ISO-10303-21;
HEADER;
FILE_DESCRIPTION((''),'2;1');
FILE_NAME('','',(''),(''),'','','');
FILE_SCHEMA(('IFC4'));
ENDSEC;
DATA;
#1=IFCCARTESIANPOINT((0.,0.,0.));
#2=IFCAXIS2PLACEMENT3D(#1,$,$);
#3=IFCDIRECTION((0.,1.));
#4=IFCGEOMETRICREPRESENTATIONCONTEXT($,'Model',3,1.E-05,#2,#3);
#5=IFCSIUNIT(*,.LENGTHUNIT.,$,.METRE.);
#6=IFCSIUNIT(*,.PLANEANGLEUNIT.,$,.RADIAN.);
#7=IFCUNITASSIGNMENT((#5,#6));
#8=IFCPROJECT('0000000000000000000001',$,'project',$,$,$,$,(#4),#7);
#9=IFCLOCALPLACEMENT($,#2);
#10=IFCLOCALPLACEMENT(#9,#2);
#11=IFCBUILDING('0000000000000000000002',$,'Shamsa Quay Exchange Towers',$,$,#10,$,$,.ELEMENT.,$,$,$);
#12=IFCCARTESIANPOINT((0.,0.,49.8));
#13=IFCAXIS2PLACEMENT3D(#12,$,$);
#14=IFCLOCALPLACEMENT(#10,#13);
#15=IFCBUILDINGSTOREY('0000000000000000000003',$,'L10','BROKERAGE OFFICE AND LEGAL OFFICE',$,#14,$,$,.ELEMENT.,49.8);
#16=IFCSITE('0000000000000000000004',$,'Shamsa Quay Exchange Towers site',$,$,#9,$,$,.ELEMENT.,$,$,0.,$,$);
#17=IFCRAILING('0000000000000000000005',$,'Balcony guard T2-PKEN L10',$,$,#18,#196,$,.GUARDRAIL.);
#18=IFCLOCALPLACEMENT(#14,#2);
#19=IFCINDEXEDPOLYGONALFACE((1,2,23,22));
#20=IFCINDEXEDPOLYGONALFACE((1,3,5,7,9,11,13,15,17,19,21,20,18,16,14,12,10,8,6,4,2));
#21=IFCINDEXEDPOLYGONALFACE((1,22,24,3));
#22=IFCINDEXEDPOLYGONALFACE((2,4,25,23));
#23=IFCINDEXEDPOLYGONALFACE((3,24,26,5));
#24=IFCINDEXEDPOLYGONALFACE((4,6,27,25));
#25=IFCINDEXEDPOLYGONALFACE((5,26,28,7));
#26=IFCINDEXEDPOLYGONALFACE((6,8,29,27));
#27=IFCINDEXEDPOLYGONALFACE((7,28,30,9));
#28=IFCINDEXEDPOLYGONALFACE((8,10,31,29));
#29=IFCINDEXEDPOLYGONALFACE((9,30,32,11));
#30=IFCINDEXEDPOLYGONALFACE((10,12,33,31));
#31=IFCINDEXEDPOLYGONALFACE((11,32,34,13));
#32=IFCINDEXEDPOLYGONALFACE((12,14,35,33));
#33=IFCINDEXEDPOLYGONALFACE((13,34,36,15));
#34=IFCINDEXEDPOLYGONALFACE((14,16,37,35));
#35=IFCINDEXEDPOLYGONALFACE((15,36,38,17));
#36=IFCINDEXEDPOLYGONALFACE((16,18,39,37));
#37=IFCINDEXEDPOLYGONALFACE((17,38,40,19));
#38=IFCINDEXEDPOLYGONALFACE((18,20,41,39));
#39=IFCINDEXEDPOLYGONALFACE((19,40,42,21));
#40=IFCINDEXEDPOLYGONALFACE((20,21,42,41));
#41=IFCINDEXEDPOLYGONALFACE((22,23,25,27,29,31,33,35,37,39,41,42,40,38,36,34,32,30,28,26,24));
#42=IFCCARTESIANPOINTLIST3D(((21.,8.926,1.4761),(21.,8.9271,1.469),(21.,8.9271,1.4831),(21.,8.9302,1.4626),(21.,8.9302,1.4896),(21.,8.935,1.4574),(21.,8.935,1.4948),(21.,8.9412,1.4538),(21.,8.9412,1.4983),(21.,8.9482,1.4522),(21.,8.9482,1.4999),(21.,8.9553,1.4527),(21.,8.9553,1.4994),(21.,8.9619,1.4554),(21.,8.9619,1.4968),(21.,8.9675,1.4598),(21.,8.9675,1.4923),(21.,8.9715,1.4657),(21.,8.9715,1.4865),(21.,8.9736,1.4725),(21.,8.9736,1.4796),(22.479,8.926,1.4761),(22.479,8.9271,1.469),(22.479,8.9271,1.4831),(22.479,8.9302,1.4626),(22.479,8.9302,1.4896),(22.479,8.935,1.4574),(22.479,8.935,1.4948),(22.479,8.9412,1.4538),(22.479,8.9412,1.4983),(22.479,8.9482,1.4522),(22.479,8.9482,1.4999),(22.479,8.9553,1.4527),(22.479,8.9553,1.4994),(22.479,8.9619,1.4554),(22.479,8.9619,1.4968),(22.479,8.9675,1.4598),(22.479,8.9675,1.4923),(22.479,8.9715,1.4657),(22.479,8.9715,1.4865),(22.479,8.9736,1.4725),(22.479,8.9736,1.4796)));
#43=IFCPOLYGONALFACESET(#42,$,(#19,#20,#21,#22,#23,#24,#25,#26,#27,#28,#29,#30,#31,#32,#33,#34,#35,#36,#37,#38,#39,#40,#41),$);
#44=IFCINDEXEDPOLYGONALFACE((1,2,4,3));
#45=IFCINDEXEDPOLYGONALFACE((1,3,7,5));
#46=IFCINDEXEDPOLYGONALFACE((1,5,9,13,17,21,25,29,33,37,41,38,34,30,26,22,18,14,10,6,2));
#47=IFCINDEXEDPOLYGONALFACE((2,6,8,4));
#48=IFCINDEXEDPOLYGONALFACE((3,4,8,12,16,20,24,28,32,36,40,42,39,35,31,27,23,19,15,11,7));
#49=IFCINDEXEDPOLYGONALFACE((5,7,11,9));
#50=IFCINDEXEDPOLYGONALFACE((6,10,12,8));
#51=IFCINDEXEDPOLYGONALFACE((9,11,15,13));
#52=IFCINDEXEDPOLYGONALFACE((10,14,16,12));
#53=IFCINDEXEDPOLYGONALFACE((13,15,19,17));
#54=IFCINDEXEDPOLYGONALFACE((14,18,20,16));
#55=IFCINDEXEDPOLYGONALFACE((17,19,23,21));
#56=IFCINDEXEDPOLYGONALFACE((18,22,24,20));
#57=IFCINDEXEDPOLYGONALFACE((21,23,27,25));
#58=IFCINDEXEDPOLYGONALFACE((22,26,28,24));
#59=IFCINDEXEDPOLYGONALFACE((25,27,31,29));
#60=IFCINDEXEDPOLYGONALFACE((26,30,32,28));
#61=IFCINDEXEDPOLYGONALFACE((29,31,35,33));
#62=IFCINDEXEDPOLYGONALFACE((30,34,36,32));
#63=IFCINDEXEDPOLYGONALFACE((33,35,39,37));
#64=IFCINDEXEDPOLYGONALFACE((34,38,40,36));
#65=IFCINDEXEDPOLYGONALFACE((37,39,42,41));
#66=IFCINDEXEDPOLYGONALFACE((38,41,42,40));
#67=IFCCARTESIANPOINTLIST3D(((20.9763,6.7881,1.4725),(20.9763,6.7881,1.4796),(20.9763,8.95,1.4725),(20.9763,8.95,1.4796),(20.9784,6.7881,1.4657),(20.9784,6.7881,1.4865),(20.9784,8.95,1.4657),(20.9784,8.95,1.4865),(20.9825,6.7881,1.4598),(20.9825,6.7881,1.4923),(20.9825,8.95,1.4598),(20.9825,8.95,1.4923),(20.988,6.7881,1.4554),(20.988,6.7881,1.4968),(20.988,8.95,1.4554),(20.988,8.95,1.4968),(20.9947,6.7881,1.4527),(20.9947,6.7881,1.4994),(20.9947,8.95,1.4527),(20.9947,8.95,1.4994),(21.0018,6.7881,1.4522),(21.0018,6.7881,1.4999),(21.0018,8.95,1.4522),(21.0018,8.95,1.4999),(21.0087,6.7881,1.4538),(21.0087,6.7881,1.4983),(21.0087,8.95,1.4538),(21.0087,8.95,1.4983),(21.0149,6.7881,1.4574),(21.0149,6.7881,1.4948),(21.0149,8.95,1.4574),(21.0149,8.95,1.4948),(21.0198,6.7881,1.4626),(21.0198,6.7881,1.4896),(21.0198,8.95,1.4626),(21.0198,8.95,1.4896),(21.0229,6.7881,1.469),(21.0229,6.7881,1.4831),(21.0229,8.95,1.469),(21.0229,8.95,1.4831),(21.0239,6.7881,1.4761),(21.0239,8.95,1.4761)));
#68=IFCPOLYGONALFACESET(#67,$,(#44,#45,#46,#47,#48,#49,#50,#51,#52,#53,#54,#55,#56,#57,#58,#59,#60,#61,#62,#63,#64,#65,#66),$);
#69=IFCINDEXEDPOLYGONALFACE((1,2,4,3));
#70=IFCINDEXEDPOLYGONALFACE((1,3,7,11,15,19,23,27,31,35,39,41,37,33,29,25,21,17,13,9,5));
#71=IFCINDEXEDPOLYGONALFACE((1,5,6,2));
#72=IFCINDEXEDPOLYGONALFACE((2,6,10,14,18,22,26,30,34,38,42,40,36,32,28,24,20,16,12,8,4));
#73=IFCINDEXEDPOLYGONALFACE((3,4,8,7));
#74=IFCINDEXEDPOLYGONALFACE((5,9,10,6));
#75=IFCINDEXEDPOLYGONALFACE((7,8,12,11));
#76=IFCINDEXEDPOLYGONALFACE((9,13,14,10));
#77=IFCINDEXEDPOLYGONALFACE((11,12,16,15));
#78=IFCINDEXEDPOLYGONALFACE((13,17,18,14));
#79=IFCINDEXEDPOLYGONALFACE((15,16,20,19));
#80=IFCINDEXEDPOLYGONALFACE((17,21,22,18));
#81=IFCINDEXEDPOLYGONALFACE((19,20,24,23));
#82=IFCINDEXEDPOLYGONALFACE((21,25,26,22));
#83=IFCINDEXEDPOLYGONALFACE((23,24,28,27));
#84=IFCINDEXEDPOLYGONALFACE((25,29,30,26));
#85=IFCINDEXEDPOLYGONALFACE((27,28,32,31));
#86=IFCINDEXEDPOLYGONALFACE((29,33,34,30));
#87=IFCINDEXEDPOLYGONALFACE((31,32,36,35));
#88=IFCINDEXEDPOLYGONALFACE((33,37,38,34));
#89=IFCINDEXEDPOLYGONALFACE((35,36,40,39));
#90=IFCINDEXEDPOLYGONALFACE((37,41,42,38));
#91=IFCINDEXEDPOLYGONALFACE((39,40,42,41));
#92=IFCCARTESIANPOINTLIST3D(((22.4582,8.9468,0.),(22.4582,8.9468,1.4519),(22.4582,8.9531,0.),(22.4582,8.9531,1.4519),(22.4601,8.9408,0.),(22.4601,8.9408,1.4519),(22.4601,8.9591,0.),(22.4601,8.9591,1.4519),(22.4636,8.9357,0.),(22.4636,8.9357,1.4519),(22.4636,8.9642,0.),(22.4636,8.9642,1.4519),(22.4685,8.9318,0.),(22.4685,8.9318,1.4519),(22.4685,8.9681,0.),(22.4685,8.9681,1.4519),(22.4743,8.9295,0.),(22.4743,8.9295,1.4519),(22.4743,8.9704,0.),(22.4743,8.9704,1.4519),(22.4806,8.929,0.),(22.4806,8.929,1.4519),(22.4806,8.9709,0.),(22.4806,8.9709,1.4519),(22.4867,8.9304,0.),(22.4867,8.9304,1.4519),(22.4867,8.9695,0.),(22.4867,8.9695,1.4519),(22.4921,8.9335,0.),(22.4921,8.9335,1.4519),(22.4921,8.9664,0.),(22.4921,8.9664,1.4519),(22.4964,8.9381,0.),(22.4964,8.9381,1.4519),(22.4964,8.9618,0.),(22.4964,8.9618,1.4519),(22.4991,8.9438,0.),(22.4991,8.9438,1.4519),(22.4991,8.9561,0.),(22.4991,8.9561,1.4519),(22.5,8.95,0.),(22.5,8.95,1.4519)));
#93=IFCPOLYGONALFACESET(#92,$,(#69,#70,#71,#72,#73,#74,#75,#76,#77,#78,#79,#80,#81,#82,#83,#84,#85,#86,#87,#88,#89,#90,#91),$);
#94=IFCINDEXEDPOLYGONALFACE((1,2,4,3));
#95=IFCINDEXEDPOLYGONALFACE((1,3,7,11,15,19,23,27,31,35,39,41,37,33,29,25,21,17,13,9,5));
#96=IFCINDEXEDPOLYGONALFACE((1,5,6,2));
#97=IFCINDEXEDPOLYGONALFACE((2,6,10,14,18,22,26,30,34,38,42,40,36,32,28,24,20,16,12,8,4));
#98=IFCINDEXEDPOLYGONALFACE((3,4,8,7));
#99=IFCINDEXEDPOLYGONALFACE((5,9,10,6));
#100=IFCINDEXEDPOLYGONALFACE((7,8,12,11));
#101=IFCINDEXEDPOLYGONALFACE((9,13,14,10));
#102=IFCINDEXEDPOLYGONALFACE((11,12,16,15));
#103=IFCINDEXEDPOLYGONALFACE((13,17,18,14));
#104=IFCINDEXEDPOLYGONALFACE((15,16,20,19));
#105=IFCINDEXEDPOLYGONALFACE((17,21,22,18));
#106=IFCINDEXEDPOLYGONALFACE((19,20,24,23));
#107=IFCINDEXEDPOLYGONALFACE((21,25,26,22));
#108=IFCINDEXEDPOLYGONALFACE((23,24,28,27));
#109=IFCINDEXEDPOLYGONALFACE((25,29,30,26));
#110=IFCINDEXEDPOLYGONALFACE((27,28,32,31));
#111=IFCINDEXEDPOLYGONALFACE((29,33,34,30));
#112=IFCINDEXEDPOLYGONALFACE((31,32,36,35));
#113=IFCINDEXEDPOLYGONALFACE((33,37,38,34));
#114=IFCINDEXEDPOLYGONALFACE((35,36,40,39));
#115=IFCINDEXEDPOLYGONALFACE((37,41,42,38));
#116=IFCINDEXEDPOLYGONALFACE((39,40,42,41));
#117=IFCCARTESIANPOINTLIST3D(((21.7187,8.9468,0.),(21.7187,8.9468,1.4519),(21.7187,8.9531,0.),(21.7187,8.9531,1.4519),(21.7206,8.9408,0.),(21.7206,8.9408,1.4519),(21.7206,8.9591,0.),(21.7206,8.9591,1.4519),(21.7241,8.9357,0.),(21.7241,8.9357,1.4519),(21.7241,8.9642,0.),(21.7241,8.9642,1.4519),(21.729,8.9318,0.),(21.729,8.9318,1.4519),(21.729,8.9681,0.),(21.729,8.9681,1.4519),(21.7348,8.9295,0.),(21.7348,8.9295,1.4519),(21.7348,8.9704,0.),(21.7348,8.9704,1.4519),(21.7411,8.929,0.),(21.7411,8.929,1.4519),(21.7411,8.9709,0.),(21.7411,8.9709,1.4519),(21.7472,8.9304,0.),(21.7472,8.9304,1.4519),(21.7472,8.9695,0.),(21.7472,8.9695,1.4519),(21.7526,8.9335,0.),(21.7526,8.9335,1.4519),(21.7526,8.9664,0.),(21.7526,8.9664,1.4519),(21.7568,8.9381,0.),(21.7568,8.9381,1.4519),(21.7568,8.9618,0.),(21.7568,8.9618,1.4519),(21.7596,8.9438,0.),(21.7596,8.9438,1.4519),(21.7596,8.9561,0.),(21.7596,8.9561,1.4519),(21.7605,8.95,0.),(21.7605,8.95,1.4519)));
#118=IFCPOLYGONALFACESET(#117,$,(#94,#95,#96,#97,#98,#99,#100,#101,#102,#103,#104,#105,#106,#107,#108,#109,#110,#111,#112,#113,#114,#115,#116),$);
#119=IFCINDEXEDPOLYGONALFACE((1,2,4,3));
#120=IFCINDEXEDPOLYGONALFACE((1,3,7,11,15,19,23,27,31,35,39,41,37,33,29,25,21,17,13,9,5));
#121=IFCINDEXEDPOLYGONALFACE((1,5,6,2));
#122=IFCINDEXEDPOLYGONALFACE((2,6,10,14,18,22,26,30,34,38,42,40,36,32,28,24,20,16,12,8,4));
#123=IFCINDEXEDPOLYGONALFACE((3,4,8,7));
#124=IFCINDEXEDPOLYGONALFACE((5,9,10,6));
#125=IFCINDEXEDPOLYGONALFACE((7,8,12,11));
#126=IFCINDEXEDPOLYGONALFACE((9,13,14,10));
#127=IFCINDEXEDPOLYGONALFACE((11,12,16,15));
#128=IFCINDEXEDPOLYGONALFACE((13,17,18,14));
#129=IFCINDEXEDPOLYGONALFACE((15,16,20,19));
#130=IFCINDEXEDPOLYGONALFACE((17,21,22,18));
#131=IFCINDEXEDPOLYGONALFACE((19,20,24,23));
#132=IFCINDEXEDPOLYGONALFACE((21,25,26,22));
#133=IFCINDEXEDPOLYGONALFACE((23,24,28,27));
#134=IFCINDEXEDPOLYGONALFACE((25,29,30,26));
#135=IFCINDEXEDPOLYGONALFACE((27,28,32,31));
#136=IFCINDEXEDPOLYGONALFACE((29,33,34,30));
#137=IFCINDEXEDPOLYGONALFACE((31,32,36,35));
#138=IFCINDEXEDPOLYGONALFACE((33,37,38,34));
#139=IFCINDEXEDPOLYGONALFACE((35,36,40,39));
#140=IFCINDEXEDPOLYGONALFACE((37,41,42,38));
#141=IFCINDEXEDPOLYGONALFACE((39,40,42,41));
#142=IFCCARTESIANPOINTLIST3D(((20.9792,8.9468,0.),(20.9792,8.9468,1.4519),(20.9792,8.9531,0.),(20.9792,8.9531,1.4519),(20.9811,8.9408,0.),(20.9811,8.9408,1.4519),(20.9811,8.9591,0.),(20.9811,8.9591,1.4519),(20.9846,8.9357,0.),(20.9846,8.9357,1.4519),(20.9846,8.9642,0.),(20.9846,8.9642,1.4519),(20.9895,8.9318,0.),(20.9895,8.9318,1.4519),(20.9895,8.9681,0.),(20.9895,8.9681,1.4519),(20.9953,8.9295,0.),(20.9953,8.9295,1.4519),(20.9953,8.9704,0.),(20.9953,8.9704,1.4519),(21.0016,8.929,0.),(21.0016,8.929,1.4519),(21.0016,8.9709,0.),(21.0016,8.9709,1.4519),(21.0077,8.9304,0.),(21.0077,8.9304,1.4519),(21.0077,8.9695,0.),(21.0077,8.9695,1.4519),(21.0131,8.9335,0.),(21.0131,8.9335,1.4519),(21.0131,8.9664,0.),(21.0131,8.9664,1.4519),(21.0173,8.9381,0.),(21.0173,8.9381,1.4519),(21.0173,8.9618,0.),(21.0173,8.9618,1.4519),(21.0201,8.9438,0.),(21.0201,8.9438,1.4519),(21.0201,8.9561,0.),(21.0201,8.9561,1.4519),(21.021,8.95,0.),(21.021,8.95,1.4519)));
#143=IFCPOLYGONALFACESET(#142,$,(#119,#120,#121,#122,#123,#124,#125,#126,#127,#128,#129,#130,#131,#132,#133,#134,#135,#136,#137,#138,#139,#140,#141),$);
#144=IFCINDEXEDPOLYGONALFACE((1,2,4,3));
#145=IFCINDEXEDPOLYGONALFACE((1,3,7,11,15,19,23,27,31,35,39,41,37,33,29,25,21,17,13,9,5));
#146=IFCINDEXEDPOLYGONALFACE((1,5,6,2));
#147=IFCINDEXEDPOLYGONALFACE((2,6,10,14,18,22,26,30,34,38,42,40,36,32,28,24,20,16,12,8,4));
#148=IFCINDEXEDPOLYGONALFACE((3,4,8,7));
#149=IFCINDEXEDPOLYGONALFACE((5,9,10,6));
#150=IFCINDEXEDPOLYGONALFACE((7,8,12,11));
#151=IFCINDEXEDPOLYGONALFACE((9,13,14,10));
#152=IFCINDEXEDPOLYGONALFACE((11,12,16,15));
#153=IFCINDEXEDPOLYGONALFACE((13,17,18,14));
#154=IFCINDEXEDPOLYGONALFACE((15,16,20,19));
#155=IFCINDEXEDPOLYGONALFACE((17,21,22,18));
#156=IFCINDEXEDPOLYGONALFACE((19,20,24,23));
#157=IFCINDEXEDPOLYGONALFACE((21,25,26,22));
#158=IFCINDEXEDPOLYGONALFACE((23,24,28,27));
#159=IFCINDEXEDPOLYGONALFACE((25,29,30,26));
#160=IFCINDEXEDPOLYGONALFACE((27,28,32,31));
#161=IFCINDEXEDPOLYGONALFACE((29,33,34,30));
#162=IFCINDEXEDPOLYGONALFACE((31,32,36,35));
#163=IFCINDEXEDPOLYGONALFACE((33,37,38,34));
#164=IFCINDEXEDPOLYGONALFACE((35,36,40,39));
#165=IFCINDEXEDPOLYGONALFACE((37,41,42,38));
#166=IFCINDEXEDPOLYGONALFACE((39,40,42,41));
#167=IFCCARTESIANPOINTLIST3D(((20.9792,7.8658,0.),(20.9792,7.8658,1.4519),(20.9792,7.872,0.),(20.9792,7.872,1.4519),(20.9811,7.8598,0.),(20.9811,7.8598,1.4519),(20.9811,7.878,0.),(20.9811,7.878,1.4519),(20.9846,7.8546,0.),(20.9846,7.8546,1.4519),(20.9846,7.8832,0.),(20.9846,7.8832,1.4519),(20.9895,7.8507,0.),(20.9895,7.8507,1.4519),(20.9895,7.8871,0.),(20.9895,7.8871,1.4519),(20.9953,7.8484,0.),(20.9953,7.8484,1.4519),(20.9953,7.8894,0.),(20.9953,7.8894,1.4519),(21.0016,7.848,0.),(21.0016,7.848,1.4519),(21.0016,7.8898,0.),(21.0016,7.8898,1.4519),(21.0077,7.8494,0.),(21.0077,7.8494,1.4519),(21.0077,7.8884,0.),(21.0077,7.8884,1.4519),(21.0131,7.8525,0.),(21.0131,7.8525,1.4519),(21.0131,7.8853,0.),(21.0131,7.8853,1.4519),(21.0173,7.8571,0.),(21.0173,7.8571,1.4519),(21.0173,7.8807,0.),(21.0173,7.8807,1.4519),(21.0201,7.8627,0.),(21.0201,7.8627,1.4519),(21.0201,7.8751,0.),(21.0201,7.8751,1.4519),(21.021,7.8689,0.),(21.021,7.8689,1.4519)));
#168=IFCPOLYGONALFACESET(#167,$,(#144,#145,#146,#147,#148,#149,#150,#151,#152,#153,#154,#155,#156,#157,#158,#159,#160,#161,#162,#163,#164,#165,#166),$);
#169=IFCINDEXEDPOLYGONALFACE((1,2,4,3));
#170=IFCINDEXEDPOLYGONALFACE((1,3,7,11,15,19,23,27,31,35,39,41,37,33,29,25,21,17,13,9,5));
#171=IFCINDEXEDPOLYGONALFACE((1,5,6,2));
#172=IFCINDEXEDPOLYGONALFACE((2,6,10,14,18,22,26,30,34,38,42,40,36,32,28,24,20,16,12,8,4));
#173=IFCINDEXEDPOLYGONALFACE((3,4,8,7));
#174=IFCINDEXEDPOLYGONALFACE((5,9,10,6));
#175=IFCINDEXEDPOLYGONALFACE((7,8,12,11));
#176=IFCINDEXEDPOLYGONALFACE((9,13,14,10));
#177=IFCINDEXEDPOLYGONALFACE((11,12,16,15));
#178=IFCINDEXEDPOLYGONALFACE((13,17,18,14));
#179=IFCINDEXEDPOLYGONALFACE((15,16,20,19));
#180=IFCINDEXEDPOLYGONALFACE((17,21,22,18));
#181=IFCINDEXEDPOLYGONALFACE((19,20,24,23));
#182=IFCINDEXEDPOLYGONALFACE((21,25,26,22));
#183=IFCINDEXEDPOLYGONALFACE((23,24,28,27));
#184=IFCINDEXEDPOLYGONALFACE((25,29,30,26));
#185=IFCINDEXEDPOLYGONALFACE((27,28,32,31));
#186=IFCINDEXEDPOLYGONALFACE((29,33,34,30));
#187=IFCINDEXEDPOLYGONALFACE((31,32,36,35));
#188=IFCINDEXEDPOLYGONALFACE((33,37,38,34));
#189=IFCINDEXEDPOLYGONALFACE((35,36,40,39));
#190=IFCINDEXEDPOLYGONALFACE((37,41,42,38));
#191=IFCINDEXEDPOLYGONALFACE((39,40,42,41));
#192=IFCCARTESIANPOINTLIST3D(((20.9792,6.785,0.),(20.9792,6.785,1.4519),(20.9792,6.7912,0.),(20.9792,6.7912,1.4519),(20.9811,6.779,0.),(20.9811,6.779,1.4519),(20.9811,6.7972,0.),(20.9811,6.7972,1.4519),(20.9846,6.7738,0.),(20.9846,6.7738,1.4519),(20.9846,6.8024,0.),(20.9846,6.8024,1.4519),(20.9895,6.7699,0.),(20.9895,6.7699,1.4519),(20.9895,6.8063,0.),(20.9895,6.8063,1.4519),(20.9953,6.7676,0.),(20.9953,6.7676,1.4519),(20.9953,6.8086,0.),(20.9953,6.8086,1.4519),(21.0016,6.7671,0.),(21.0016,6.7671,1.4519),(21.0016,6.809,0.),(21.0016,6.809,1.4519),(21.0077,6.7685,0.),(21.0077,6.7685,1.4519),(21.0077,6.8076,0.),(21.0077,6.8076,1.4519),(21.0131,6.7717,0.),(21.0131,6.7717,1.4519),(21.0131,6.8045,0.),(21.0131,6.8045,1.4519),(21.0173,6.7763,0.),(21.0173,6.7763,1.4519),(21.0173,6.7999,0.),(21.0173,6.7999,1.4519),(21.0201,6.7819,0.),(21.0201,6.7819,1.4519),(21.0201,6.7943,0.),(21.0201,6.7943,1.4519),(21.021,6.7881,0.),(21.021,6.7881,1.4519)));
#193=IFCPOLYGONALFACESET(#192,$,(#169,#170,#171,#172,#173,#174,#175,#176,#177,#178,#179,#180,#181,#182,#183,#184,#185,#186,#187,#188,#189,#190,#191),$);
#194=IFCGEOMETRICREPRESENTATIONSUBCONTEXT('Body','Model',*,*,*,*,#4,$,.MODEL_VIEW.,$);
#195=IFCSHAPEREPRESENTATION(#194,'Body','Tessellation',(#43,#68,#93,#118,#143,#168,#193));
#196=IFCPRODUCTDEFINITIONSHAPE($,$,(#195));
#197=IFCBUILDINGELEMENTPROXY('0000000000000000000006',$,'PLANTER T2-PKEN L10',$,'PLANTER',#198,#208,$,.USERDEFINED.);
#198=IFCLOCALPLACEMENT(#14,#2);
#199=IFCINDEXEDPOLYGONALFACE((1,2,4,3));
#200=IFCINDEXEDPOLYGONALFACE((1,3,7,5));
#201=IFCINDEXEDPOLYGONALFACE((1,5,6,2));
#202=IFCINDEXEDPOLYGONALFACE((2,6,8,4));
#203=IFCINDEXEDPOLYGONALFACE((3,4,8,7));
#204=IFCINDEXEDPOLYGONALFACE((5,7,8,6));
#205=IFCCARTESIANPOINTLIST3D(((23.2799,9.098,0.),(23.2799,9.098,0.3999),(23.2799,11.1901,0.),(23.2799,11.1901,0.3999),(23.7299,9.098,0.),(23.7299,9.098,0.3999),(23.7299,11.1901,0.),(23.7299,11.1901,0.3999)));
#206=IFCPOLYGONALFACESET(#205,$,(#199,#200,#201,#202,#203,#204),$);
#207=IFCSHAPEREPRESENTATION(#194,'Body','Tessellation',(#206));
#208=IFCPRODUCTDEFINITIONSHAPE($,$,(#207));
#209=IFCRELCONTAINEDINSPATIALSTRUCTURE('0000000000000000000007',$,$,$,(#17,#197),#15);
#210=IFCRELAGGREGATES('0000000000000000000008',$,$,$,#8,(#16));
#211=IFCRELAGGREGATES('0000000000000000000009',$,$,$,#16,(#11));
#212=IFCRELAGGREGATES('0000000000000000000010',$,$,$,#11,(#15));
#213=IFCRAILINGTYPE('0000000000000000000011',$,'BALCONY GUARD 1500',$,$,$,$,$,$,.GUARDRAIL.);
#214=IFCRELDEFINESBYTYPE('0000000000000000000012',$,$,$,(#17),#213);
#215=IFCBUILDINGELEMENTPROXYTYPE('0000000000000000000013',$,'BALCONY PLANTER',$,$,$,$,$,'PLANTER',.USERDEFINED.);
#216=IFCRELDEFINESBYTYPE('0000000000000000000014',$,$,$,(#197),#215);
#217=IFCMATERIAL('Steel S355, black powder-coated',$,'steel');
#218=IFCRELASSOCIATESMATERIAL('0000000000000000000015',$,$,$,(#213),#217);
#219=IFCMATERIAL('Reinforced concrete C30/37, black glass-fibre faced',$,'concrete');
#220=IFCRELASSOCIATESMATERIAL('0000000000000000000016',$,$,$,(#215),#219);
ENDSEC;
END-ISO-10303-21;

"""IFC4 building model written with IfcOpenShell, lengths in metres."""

from ifc_helpers import new_model, si_unit, direction, frame, origin, origin_2d, place, context, subcontext, project, spatial, rectangle, circle, extrude, material, type_object, element, save


model = new_model("IFC4")

# Units and contexts
model_context = context("Model", 3, precision=1e-05, world=origin(), true_north=direction((0.0, 1.0)))
body_context = subcontext(model_context, "Body", "Model", "MODEL_VIEW")
ifc_project = project(units=[si_unit("LENGTHUNIT", "METRE"), si_unit("PLANEANGLEUNIT", "RADIAN")], contexts=[model_context])

# Site, building, storey
site_placement = place(None, origin())
site = spatial("IfcSite", under=ifc_project, at=site_placement, Name="Shamsa Quay Exchange Towers site", CompositionType="ELEMENT", RefElevation=0.0)
building_placement = place(site_placement, origin())
building = spatial("IfcBuilding", under=site, at=building_placement, Name="Shamsa Quay Exchange Towers", CompositionType="ELEMENT")
storey_placement = place(building_placement, frame((0.0, 0.0, 49.8)))
storey = spatial("IfcBuildingStorey", under=building, at=storey_placement, Name="L10", Description="BROKERAGE OFFICE AND LEGAL OFFICE", CompositionType="ELEMENT", Elevation=49.8)

# Railing
ifc_material_1 = material(Name="Steel S355, black powder-coated", Category="steel")
railing_type = type_object("IfcRailingType", Name="BALCONY GUARD 1500", PredefinedType="GUARDRAIL", material=ifc_material_1)
for number, where, name in (
    (1, (22.479, 8.95, 0.0), "Balcony guard T2-PKEN L10"),
):
    element("IfcRailing", number, at=place(storey_placement, frame(where)), inside=storey, type_object=railing_type, Name=name, PredefinedType="GUARDRAIL", context=body_context, shape_type="SweptSolid", body=[
        extrude(circle(Radius=0.0239, at=origin_2d()), frame((0.0, 0.0, 1.4761), z_axis=(-1.0, 0.0, 0.0), x_axis=(0.0, -1.0, 0.0)), (0.0, 0.0, 1.0), 1.479),
        extrude(circle(Radius=0.0239, at=origin_2d()), frame((-1.479, 0.0, 1.4761), z_axis=(0.0, -1.0, 0.0), x_axis=(1.0, 0.0, 0.0)), (0.0, 0.0, 1.0), 2.1619),
        extrude(circle(Radius=0.021, at=origin_2d()), origin(), (0.0, 0.0, 1.0), 1.4519),
        extrude(circle(Radius=0.021, at=origin_2d()), frame((-0.7395, 0.0, 0.0)), (0.0, 0.0, 1.0), 1.4519),
        extrude(circle(Radius=0.021, at=origin_2d()), frame((-1.479, 0.0, 0.0)), (0.0, 0.0, 1.0), 1.4519),
        extrude(circle(Radius=0.021, at=origin_2d()), frame((-1.479, -1.0811, 0.0)), (0.0, 0.0, 1.0), 1.4519),
        extrude(circle(Radius=0.021, at=origin_2d()), frame((-1.479, -2.1619, 0.0)), (0.0, 0.0, 1.0), 1.4519),
    ])

# Building element proxy
ifc_material_2 = material(Name="Reinforced concrete C30/37, black glass-fibre faced", Category="concrete")
building_element_proxy_type = type_object("IfcBuildingElementProxyType", Name="BALCONY PLANTER", ElementType="PLANTER", PredefinedType="USERDEFINED", material=ifc_material_2)
for number, where, z_axis, x_axis, name in (
    (2, (23.5049, 10.144, 0.0), (0.0, 0.0, 1.0), (0.0, -1.0, 0.0), "PLANTER T2-PKEN L10"),
):
    element("IfcBuildingElementProxy", number, at=place(storey_placement, frame(where, z_axis=z_axis, x_axis=x_axis)), inside=storey, type_object=building_element_proxy_type, Name=name, ObjectType="PLANTER", PredefinedType="USERDEFINED", context=body_context, shape_type="SweptSolid", body=[
        extrude(rectangle(XDim=2.092, YDim=0.45, at=origin_2d()), origin(), (0.0, 0.0, 1.0), 0.3999),
    ])

save(model, "model.ifc")
